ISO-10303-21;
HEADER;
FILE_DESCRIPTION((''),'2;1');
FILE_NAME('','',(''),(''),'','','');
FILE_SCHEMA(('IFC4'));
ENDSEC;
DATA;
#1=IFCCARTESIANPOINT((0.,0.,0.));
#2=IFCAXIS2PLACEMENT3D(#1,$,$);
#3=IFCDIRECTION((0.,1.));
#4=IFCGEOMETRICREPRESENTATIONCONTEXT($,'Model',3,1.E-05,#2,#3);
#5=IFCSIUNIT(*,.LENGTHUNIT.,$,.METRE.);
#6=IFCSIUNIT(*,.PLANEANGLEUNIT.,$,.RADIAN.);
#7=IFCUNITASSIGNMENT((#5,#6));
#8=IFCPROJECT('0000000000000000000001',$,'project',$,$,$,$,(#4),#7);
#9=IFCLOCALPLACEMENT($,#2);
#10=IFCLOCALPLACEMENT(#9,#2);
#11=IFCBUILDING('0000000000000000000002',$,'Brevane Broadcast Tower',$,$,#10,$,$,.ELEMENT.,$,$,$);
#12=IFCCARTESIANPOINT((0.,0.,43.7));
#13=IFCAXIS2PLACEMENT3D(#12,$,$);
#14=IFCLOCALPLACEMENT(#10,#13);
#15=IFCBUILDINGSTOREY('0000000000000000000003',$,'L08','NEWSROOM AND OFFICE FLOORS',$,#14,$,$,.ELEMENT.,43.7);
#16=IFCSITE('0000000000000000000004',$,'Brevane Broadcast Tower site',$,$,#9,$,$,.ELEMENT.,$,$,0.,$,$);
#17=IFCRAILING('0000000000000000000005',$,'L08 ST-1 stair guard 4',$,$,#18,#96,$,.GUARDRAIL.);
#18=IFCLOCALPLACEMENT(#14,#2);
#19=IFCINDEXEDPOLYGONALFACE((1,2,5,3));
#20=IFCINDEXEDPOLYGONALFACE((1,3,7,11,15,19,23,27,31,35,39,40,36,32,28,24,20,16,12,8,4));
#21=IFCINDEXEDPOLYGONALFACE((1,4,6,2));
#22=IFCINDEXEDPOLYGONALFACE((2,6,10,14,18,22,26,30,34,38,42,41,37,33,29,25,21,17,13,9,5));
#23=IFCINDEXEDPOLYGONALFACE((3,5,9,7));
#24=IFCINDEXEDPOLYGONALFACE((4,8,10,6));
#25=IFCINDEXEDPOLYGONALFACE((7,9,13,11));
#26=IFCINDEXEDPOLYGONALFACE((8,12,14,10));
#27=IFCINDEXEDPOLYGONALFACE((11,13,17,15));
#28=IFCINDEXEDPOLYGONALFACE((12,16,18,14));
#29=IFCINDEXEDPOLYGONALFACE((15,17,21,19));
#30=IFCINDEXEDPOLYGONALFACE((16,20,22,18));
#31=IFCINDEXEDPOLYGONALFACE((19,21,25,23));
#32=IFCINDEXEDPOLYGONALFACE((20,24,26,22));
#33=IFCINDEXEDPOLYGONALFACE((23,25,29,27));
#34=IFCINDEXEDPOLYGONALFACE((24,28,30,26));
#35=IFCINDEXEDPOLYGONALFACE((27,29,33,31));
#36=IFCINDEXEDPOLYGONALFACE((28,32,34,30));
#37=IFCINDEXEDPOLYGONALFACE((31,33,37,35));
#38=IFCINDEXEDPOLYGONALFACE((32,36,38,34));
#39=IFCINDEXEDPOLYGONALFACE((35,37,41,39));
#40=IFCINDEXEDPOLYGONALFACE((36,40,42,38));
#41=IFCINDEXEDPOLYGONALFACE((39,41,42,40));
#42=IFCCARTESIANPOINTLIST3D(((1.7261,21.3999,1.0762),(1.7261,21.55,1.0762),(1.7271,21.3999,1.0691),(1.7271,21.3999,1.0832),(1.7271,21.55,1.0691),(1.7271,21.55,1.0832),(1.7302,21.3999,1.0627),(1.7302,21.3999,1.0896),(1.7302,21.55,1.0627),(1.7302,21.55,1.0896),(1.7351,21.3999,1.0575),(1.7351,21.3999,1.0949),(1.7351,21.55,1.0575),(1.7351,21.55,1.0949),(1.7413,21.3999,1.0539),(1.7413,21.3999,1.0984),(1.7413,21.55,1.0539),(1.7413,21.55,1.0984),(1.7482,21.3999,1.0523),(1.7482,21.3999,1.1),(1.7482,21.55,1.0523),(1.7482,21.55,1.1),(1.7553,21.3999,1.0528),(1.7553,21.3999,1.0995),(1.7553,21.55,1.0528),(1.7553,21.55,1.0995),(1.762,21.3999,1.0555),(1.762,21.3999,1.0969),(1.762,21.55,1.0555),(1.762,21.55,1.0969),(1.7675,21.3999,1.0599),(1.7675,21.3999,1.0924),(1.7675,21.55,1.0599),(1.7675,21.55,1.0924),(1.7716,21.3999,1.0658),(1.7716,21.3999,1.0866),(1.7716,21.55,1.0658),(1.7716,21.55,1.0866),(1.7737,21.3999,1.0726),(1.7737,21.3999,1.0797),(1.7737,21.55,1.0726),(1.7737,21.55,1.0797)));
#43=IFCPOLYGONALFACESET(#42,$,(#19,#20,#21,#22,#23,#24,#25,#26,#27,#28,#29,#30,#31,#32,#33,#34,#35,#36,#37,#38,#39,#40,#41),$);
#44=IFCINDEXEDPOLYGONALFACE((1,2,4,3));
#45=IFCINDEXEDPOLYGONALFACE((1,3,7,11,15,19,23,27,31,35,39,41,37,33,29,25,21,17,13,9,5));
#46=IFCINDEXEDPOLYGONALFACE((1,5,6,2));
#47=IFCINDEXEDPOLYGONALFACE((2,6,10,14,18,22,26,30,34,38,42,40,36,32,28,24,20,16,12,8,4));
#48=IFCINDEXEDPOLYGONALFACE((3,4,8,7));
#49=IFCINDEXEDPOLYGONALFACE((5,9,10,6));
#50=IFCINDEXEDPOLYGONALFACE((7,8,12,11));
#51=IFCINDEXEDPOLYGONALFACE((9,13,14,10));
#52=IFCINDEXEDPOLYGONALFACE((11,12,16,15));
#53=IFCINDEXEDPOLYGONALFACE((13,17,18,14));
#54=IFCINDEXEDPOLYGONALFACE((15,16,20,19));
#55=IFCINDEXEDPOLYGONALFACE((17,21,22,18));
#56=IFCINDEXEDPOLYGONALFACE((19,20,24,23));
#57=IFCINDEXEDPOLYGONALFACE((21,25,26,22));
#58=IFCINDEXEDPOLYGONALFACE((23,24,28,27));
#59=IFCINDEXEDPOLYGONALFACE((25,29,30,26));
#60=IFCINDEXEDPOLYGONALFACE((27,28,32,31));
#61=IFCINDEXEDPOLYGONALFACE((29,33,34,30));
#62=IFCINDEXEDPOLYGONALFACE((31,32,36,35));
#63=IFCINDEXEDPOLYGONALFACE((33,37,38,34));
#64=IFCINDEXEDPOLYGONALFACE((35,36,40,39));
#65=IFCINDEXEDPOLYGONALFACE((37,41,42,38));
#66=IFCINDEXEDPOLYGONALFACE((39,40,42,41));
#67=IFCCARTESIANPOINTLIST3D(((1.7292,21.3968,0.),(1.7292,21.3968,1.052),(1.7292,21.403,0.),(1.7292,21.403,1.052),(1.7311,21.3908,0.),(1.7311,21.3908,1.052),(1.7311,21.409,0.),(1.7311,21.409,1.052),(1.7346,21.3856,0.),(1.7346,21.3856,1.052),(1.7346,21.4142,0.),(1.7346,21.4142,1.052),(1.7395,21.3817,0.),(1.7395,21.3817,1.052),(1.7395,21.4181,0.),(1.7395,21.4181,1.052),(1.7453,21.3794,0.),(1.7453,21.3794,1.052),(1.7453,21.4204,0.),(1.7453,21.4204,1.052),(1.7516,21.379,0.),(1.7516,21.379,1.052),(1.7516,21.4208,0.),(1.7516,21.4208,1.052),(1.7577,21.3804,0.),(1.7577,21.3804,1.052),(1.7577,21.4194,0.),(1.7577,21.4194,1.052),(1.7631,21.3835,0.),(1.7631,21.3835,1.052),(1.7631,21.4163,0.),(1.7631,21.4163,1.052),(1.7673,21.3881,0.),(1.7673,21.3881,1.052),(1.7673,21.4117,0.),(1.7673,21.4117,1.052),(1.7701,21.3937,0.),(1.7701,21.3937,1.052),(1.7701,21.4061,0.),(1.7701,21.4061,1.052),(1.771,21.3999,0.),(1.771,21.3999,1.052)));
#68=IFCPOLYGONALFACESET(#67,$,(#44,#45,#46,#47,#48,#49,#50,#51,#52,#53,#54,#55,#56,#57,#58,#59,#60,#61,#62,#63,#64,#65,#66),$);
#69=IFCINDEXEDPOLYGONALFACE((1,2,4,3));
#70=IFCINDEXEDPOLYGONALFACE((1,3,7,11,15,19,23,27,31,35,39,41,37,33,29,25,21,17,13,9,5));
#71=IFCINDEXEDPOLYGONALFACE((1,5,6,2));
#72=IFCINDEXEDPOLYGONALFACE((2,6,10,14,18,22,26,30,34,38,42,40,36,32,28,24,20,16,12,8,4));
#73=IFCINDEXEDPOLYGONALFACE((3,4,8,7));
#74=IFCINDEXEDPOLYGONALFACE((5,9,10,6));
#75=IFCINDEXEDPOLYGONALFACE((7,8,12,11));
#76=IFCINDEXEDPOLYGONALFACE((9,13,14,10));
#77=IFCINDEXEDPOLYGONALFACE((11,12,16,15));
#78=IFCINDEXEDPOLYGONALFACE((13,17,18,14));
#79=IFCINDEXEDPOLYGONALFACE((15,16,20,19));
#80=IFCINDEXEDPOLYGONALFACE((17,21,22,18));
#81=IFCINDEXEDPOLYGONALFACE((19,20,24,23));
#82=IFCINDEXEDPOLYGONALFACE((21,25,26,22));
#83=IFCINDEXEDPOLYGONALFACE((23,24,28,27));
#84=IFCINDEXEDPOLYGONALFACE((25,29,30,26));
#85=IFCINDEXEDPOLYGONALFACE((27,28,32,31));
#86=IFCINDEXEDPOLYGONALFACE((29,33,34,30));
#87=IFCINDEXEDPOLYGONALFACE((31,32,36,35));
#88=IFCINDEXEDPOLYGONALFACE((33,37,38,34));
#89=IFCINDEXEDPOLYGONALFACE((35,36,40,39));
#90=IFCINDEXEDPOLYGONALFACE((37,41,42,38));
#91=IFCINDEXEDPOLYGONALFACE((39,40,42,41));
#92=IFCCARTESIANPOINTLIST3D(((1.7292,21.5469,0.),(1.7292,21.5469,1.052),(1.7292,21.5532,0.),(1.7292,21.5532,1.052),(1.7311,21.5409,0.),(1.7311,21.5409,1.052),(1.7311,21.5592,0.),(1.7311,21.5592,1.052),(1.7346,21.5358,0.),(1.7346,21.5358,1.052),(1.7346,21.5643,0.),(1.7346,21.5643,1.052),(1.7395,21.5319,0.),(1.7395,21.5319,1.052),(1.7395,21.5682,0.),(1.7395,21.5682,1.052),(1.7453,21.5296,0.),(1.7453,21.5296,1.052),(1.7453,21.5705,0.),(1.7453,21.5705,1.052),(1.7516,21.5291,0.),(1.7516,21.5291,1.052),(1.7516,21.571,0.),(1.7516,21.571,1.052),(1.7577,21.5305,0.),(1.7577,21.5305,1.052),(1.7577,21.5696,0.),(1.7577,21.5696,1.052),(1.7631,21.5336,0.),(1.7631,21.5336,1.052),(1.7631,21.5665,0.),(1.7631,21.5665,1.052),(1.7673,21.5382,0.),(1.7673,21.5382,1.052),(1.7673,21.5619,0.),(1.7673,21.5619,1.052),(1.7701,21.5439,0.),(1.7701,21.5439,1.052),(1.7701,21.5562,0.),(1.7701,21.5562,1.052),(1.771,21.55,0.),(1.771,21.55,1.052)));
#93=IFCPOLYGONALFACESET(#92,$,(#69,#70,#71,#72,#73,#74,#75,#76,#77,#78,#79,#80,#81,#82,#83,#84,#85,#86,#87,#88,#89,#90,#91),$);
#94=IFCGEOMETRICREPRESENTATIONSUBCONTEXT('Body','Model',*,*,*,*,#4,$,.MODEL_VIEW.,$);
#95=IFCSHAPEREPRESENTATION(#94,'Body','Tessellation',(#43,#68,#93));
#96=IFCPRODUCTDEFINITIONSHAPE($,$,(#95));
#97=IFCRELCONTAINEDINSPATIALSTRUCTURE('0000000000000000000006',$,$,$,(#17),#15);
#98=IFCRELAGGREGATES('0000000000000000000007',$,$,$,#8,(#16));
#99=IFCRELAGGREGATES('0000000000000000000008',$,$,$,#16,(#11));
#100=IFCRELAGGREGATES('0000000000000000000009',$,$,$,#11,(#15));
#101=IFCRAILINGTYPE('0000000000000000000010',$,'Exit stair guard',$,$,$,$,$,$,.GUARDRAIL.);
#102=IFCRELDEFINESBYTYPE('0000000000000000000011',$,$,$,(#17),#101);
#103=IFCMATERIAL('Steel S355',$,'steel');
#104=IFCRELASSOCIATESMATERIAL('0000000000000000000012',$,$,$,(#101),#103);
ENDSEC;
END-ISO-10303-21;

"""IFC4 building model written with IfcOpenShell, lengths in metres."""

from ifc_helpers import new_model, si_unit, direction, frame, origin, origin_2d, place, context, subcontext, project, spatial, circle, extrude, material, type_object, element, save


model = new_model("IFC4")

# Units and contexts
model_context = context("Model", 3, precision=1e-05, world=origin(), true_north=direction((0.0, 1.0)))
body_context = subcontext(model_context, "Body", "Model", "MODEL_VIEW")
ifc_project = project(units=[si_unit("LENGTHUNIT", "METRE"), si_unit("PLANEANGLEUNIT", "RADIAN")], contexts=[model_context])

# Site, building, storey
site_placement = place(None, origin())
site = spatial("IfcSite", under=ifc_project, at=site_placement, Name="Brevane Broadcast Tower site", CompositionType="ELEMENT", RefElevation=0.0)
building_placement = place(site_placement, origin())
building = spatial("IfcBuilding", under=site, at=building_placement, Name="Brevane Broadcast Tower", CompositionType="ELEMENT")
storey_placement = place(building_placement, frame((0.0, 0.0, 43.7)))
storey = spatial("IfcBuildingStorey", under=building, at=storey_placement, Name="L08", Description="NEWSROOM AND OFFICE FLOORS", CompositionType="ELEMENT", Elevation=43.7)

# Railing
ifc_material_1 = material(Name="Steel S355", Category="steel")
railing_type_1 = type_object("IfcRailingType", Name="Exit stair guard", PredefinedType="GUARDRAIL", material=ifc_material_1)
railing_1_placement = place(storey_placement, frame((1.75, 21.3999, 0.0)))
element("IfcRailing", 1, at=railing_1_placement, inside=storey, type_object=railing_type_1, Name="L08 ST-1 stair guard 4", PredefinedType="GUARDRAIL", context=body_context, shape_type="SweptSolid", body=[
    extrude(circle(Radius=0.0239, at=origin_2d()), frame((0.0, 0.0, 1.0762), z_axis=(0.0, 1.0, 0.0), x_axis=(-1.0, 0.0, 0.0)), (0.0, 0.0, 1.0), 0.1501),
    extrude(circle(Radius=0.021, at=origin_2d()), origin(), (0.0, 0.0, 1.0), 1.052),
    extrude(circle(Radius=0.021, at=origin_2d()), frame((0.0, 0.1501, 0.0)), (0.0, 0.0, 1.0), 1.052),
])

save(model, "model.ifc")
